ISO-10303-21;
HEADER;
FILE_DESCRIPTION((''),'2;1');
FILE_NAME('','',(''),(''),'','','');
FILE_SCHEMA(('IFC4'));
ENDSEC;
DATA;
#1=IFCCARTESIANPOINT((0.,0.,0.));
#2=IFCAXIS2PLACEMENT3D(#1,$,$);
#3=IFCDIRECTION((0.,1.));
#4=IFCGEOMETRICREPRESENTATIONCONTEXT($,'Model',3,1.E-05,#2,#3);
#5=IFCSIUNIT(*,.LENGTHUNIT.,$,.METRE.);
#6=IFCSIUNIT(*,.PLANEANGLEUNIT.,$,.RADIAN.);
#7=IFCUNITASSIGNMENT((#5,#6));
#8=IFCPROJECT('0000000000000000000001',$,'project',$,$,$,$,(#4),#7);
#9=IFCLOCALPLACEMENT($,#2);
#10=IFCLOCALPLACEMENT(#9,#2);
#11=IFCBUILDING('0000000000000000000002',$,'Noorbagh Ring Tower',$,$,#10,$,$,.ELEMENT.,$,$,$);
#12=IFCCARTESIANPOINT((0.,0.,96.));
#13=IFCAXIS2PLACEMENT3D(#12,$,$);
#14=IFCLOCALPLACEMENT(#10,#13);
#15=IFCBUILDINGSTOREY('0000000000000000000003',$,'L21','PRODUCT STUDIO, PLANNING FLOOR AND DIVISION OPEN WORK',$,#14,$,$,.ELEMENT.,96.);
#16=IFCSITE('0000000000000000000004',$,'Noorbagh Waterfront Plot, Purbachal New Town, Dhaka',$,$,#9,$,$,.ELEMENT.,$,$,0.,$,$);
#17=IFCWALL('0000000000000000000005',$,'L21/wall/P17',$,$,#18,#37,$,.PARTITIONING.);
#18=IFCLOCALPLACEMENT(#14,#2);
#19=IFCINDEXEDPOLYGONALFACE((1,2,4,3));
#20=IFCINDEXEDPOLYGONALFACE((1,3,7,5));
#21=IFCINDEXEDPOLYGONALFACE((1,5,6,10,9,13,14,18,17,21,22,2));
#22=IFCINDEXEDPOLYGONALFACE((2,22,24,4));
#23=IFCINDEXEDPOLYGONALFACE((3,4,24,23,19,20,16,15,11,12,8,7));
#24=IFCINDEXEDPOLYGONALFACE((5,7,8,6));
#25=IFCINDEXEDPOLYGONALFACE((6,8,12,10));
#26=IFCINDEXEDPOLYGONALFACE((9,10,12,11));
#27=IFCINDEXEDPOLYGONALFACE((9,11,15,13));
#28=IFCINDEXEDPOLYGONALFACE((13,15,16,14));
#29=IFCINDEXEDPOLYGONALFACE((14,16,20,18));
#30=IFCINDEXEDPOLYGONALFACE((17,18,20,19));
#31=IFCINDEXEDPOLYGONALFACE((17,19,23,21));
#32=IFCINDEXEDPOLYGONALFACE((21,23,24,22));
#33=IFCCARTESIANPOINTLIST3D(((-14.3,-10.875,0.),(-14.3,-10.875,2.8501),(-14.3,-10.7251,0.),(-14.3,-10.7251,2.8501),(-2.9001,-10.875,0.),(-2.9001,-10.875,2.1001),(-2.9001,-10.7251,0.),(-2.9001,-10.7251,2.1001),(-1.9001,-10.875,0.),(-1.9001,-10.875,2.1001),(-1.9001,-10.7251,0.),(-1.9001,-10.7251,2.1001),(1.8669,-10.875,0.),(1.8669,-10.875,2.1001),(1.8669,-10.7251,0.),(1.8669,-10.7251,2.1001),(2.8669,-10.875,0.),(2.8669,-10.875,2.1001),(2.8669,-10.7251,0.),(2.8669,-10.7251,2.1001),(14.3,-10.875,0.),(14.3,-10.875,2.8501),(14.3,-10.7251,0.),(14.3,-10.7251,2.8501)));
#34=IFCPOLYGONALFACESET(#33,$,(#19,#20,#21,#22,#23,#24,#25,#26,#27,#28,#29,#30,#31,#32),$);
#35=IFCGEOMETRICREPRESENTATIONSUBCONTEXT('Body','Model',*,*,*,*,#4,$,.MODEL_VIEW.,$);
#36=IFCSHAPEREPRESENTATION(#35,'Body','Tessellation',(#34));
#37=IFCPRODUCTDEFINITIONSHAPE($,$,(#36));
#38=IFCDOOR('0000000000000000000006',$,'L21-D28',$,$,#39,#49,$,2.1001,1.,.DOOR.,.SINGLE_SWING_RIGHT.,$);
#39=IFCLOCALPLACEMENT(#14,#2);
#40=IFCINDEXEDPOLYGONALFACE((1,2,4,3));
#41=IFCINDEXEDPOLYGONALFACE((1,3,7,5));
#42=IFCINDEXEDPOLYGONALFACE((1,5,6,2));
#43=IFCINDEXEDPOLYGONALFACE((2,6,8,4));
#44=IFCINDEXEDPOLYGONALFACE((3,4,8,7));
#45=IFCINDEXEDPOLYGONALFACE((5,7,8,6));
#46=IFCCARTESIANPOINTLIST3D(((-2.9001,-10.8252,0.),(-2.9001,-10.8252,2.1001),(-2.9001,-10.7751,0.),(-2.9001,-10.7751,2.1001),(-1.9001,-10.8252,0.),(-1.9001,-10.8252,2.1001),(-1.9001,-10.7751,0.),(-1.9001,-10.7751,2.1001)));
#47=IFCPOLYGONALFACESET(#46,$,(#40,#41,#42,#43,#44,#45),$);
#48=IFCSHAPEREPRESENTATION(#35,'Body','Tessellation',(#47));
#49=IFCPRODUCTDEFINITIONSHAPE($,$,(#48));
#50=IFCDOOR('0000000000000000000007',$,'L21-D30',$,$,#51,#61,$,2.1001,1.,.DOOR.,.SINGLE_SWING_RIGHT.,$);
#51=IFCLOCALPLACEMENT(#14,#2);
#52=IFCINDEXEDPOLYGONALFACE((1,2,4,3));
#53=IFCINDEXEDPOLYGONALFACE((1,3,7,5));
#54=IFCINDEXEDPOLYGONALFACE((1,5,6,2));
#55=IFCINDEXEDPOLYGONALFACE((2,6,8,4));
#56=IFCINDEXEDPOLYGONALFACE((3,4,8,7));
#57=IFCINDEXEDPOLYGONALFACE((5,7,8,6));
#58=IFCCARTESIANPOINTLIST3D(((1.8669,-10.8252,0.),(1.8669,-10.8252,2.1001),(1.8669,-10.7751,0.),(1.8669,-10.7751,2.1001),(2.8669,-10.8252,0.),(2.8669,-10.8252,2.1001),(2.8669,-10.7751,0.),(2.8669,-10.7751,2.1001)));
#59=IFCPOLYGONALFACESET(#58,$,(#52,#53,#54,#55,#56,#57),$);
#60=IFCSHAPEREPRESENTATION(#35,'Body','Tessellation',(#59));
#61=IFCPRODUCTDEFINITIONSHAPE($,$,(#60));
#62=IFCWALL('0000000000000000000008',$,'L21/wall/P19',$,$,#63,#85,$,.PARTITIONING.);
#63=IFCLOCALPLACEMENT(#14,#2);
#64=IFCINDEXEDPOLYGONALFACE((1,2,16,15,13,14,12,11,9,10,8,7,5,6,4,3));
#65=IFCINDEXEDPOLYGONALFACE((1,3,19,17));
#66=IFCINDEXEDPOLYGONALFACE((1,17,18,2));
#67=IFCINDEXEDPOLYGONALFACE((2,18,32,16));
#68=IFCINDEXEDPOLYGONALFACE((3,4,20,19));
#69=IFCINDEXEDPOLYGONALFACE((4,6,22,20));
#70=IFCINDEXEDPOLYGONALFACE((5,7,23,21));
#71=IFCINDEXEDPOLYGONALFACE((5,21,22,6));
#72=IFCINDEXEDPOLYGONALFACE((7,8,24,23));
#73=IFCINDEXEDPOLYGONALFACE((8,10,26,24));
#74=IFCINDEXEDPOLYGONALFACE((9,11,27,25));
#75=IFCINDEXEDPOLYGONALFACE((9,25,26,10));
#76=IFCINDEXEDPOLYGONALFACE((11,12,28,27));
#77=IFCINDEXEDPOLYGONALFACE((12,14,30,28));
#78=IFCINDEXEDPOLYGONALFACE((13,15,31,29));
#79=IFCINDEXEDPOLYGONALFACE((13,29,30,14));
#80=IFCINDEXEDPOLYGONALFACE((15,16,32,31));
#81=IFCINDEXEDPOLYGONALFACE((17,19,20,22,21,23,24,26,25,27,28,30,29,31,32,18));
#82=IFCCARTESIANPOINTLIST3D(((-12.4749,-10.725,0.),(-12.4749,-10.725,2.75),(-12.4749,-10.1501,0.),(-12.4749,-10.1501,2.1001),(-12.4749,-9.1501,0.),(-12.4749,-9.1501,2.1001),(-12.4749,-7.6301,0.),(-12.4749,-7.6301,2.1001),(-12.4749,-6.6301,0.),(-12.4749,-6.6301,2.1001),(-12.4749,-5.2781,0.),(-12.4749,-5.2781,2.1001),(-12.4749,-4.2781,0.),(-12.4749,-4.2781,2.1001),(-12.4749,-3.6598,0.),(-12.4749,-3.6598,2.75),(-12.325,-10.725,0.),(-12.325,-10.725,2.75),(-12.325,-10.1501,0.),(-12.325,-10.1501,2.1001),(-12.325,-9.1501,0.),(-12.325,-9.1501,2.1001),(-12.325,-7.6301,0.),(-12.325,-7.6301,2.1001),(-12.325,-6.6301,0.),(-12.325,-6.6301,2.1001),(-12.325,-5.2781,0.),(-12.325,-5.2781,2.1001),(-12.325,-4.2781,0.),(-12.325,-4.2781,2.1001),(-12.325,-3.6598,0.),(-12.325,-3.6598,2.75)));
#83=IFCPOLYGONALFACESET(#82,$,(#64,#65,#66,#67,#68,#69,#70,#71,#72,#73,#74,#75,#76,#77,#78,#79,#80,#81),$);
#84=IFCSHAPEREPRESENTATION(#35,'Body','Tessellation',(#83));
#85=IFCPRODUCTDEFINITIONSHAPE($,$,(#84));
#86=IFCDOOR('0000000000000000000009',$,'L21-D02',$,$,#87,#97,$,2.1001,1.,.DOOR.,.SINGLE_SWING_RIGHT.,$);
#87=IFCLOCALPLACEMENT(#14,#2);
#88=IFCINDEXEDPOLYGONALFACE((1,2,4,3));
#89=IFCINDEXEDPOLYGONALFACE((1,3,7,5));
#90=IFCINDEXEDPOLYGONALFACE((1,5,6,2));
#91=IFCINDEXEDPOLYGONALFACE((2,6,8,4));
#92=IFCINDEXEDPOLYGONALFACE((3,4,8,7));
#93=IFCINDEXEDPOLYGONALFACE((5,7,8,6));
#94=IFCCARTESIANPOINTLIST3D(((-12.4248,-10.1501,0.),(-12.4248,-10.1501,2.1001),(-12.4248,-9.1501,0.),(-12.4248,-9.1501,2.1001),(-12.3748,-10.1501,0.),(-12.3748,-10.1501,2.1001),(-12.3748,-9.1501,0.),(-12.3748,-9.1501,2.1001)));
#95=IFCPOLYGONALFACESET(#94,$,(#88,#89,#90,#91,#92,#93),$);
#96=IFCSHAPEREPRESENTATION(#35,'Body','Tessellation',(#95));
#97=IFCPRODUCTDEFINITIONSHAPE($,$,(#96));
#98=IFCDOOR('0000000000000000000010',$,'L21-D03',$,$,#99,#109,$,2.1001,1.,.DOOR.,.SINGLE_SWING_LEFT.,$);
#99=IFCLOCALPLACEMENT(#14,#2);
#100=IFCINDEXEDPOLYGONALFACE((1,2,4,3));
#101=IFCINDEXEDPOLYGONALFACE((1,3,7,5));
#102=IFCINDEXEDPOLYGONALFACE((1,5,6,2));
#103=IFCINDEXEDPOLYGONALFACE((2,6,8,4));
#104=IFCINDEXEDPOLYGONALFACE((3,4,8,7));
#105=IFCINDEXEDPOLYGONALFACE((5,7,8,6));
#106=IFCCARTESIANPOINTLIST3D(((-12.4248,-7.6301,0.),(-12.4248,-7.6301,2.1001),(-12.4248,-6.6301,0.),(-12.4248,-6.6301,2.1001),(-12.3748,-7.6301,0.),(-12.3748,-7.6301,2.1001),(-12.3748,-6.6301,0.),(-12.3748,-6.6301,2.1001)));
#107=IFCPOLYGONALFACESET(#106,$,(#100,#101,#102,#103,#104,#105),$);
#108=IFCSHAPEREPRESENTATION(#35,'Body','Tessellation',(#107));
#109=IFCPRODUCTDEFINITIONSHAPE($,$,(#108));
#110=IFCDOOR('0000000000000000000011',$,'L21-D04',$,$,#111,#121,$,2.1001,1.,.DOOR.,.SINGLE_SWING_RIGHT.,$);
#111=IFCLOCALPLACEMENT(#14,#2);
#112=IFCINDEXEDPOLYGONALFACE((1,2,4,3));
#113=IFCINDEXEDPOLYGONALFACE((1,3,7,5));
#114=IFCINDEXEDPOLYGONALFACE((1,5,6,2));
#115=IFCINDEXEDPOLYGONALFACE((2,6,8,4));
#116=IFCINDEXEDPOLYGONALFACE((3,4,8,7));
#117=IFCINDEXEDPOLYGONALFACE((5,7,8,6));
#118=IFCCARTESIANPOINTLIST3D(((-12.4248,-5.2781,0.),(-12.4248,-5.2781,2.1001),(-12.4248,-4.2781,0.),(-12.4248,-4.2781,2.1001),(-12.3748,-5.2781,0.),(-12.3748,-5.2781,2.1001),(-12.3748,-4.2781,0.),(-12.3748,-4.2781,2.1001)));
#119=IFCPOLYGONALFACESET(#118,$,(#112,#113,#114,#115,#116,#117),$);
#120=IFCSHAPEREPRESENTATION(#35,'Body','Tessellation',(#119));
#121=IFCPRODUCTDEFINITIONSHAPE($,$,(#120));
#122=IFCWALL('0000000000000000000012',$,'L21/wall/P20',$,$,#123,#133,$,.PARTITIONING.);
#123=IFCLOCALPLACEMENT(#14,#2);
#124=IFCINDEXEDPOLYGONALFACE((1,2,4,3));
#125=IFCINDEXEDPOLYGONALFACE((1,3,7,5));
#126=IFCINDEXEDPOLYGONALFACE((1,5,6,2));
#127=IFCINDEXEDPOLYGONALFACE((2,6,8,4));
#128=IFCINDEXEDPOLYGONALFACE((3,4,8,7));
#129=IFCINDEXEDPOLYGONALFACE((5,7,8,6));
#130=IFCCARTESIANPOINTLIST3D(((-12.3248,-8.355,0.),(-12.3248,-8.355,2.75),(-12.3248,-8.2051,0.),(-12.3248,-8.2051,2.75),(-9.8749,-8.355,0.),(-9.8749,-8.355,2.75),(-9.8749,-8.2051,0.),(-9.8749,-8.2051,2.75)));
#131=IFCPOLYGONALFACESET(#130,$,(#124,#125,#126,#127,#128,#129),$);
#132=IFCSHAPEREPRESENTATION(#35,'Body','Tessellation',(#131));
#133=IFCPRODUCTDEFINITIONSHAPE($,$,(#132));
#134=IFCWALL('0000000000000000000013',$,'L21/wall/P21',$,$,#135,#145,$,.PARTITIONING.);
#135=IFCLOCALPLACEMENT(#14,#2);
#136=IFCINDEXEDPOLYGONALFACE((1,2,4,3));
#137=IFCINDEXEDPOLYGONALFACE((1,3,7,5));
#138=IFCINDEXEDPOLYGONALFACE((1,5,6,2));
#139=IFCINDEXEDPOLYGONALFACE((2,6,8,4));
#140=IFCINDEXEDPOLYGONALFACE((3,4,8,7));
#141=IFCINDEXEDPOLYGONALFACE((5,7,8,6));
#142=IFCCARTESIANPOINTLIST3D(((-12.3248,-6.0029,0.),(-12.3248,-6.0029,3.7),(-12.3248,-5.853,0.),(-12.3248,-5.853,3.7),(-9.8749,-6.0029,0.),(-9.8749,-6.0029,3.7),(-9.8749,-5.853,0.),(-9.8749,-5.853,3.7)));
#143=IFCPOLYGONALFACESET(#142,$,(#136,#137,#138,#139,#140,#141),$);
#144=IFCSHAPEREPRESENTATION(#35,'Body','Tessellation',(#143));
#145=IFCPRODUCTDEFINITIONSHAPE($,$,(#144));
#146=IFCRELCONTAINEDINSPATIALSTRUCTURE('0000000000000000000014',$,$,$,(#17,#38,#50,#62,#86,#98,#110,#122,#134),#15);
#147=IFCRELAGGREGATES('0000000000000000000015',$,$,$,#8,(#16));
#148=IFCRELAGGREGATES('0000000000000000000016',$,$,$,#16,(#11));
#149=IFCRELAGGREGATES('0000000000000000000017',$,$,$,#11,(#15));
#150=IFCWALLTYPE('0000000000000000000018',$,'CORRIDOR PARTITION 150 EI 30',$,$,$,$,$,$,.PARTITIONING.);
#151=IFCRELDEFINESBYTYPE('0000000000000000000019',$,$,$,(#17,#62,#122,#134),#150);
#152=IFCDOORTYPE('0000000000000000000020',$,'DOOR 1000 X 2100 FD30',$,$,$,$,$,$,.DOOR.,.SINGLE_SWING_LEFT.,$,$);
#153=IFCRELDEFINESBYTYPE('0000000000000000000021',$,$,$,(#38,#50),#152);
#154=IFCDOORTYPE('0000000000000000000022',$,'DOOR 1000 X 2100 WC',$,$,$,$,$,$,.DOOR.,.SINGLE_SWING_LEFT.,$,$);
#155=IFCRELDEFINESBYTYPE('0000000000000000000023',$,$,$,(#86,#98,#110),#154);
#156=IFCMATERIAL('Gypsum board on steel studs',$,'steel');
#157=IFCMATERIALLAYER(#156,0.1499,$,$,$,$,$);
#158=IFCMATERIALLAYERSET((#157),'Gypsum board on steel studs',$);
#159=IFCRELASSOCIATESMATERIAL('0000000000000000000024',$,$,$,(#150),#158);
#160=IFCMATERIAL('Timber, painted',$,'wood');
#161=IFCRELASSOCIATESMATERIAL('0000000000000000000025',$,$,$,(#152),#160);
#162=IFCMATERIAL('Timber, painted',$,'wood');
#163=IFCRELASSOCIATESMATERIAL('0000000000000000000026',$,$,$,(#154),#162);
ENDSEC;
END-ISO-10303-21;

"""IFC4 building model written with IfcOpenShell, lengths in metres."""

from ifc_helpers import new_model, si_unit, direction, frame, frame_2d, origin, place, context, subcontext, project, spatial, rectangle, extrude, material, layer, layer_set, type_object, element, fill, save


model = new_model("IFC4")

# Units and contexts
model_context = context("Model", 3, precision=1e-05, world=origin(), true_north=direction((0.0, 1.0)))
body_context = subcontext(model_context, "Body", "Model", "MODEL_VIEW")
ifc_project = project(units=[si_unit("LENGTHUNIT", "METRE"), si_unit("PLANEANGLEUNIT", "RADIAN")], contexts=[model_context])

# Site, building, storey
site_placement = place(None, origin())
site = spatial("IfcSite", under=ifc_project, at=site_placement, Name="Noorbagh Waterfront Plot, Purbachal New Town, Dhaka", CompositionType="ELEMENT", RefElevation=0.0)
building_placement = place(site_placement, origin())
building = spatial("IfcBuilding", under=site, at=building_placement, Name="Noorbagh Ring Tower", CompositionType="ELEMENT")
storey_placement = place(building_placement, frame((0.0, 0.0, 96.0)))
storey = spatial("IfcBuildingStorey", under=building, at=storey_placement, Name="L21", Description="PRODUCT STUDIO, PLANNING FLOOR AND DIVISION OPEN WORK", CompositionType="ELEMENT", Elevation=96.0)

# Shared definitions
ifc_material_1 = material(Name="Gypsum board on steel studs", Category="steel")
ifc_layer_1 = layer(ifc_material_1, 0.1499)
ifc_layer_set_1 = layer_set([ifc_layer_1], Name="Gypsum board on steel studs")
wall_type_1 = type_object("IfcWallType", Name="CORRIDOR PARTITION 150 EI 30", PredefinedType="PARTITIONING", material=ifc_layer_set_1)
ifc_material_2 = material(Name="Timber, painted", Category="wood")
door_type_1 = type_object("IfcDoorType", Name="DOOR 1000 X 2100 FD30", OperationType="SINGLE_SWING_LEFT", PredefinedType="DOOR", material=ifc_material_2)

# Walls, openings, doors
wall_1_placement = place(storey_placement, frame((-14.3, -10.8, 0.0), z_axis=(0.0, 0.0, 1.0), x_axis=(1.0, 0.0, 0.0)))
wall_1 = element("IfcWall", 1, at=wall_1_placement, inside=storey, type_object=wall_type_1, Name="L21/wall/P17", PredefinedType="PARTITIONING", context=body_context, shape_type="SweptSolid", body=[
    extrude(rectangle(XDim=28.6001, YDim=0.1499, at=frame_2d((14.3, 0.0))), origin(), (0.0, 0.0, 1.0), 2.8501),
])
opening_1_placement = place(wall_1_placement, frame((11.3999, 0.0, 0.0)))
opening_1 = element("IfcOpeningElement", 2, at=opening_1_placement, cuts=wall_1, PredefinedType="OPENING", context=body_context, shape_type="SweptSolid", body=[
    extrude(rectangle(XDim=1.0, YDim=2.1001, at=frame_2d((0.5, 1.05))), frame((0.0, 0.085, 0.0), z_axis=(0.0, -1.0, 0.0), x_axis=(1.0, 0.0, 0.0)), (0.0, 0.0, 1.0), 0.1699),
])
opening_2_placement = place(wall_1_placement, frame((16.167, 0.0, 0.0)))
opening_2 = element("IfcOpeningElement", 3, at=opening_2_placement, cuts=wall_1, PredefinedType="OPENING", context=body_context, shape_type="SweptSolid", body=[
    extrude(rectangle(XDim=1.0, YDim=2.1001, at=frame_2d((0.5, 1.05))), frame((0.0, 0.085, 0.0), z_axis=(0.0, -1.0, 0.0), x_axis=(1.0, 0.0, 0.0)), (0.0, 0.0, 1.0), 0.1699),
])
door_1_placement = place(opening_1_placement, origin())
door_1 = element("IfcDoor", 4, at=door_1_placement, inside=storey, type_object=door_type_1, Name="L21-D28", OperationType="SINGLE_SWING_RIGHT", OverallHeight=2.1001, OverallWidth=1.0, PredefinedType="DOOR", context=body_context, shape_type="SweptSolid", body=[
    extrude(rectangle(XDim=1.0, YDim=2.1001, at=frame_2d((0.5, 1.05))), frame((0.0, 0.0249, 0.0), z_axis=(0.0, -1.0, 0.0), x_axis=(1.0, 0.0, 0.0)), (0.0, 0.0, 1.0), 0.05),
])
fill(opening_1, door_1)
door_2_placement = place(opening_2_placement, origin())
door_2 = element("IfcDoor", 5, at=door_2_placement, inside=storey, type_object=door_type_1, Name="L21-D30", OperationType="SINGLE_SWING_RIGHT", OverallHeight=2.1001, OverallWidth=1.0, PredefinedType="DOOR", context=body_context, shape_type="SweptSolid", body=[
    extrude(rectangle(XDim=1.0, YDim=2.1001, at=frame_2d((0.5, 1.05))), frame((0.0, 0.0249, 0.0), z_axis=(0.0, -1.0, 0.0), x_axis=(1.0, 0.0, 0.0)), (0.0, 0.0, 1.0), 0.05),
])
fill(opening_2, door_2)
wall_2_placement = place(storey_placement, frame((-12.3999, -10.7251, 0.0), z_axis=(0.0, 0.0, 1.0), x_axis=(0.0, 1.0, 0.0)))
wall_2 = element("IfcWall", 6, at=wall_2_placement, inside=storey, type_object=wall_type_1, Name="L21/wall/P19", PredefinedType="PARTITIONING", context=body_context, shape_type="SweptSolid", body=[
    extrude(rectangle(XDim=7.0652, YDim=0.1499, at=frame_2d((3.5327, 0.0))), origin(), (0.0, 0.0, 1.0), 2.75),
])
opening_3_placement = place(wall_2_placement, frame((0.575, 0.0, 0.0)))
opening_3 = element("IfcOpeningElement", 7, at=opening_3_placement, cuts=wall_2, PredefinedType="OPENING", context=body_context, shape_type="SweptSolid", body=[
    extrude(rectangle(XDim=1.0, YDim=2.1001, at=frame_2d((0.5, 1.05))), frame((0.0, 0.085, 0.0), z_axis=(0.0, -1.0, 0.0), x_axis=(1.0, 0.0, 0.0)), (0.0, 0.0, 1.0), 0.1699),
])
opening_4_placement = place(wall_2_placement, frame((3.095, 0.0, 0.0)))
opening_4 = element("IfcOpeningElement", 8, at=opening_4_placement, cuts=wall_2, PredefinedType="OPENING", context=body_context, shape_type="SweptSolid", body=[
    extrude(rectangle(XDim=1.0, YDim=2.1001, at=frame_2d((0.5, 1.05))), frame((0.0, 0.085, 0.0), z_axis=(0.0, -1.0, 0.0), x_axis=(1.0, 0.0, 0.0)), (0.0, 0.0, 1.0), 0.1699),
])
opening_5_placement = place(wall_2_placement, frame((5.447, 0.0, 0.0)))
opening_5 = element("IfcOpeningElement", 9, at=opening_5_placement, cuts=wall_2, PredefinedType="OPENING", context=body_context, shape_type="SweptSolid", body=[
    extrude(rectangle(XDim=1.0, YDim=2.1001, at=frame_2d((0.5, 1.05))), frame((0.0, 0.085, 0.0), z_axis=(0.0, -1.0, 0.0), x_axis=(1.0, 0.0, 0.0)), (0.0, 0.0, 1.0), 0.1699),
])
ifc_material_3 = material(Name="Timber, painted", Category="wood")
door_type_2 = type_object("IfcDoorType", Name="DOOR 1000 X 2100 WC", OperationType="SINGLE_SWING_LEFT", PredefinedType="DOOR", material=ifc_material_3)
door_3_placement = place(opening_3_placement, origin())
door_3 = element("IfcDoor", 10, at=door_3_placement, inside=storey, type_object=door_type_2, Name="L21-D02", OperationType="SINGLE_SWING_RIGHT", OverallHeight=2.1001, OverallWidth=1.0, PredefinedType="DOOR", context=body_context, shape_type="SweptSolid", body=[
    extrude(rectangle(XDim=1.0, YDim=2.1001, at=frame_2d((0.5, 1.05))), frame((0.0, 0.0249, 0.0), z_axis=(0.0, -1.0, 0.0), x_axis=(1.0, 0.0, 0.0)), (0.0, 0.0, 1.0), 0.05),
])
fill(opening_3, door_3)
door_4_placement = place(opening_4_placement, origin())
door_4 = element("IfcDoor", 11, at=door_4_placement, inside=storey, type_object=door_type_2, Name="L21-D03", OperationType="SINGLE_SWING_LEFT", OverallHeight=2.1001, OverallWidth=1.0, PredefinedType="DOOR", context=body_context, shape_type="SweptSolid", body=[
    extrude(rectangle(XDim=1.0, YDim=2.1001, at=frame_2d((0.5, 1.05))), frame((0.0, 0.0249, 0.0), z_axis=(0.0, -1.0, 0.0), x_axis=(1.0, 0.0, 0.0)), (0.0, 0.0, 1.0), 0.05),
])
fill(opening_4, door_4)
door_5_placement = place(opening_5_placement, origin())
door_5 = element("IfcDoor", 12, at=door_5_placement, inside=storey, type_object=door_type_2, Name="L21-D04", OperationType="SINGLE_SWING_RIGHT", OverallHeight=2.1001, OverallWidth=1.0, PredefinedType="DOOR", context=body_context, shape_type="SweptSolid", body=[
    extrude(rectangle(XDim=1.0, YDim=2.1001, at=frame_2d((0.5, 1.05))), frame((0.0, 0.0249, 0.0), z_axis=(0.0, -1.0, 0.0), x_axis=(1.0, 0.0, 0.0)), (0.0, 0.0, 1.0), 0.05),
])
fill(opening_5, door_5)

# Walls
wall_3_placement = place(storey_placement, frame((-12.325, -8.28, 0.0), z_axis=(0.0, 0.0, 1.0), x_axis=(1.0, 0.0, 0.0)))
element("IfcWall", 13, at=wall_3_placement, inside=storey, type_object=wall_type_1, Name="L21/wall/P20", PredefinedType="PARTITIONING", context=body_context, shape_type="SweptSolid", body=[
    extrude(rectangle(XDim=2.45, YDim=0.1499, at=frame_2d((1.2251, 0.0))), origin(), (0.0, 0.0, 1.0), 2.75),
])
wall_4_placement = place(storey_placement, frame((-12.325, -5.928, 0.0), z_axis=(0.0, 0.0, 1.0), x_axis=(1.0, 0.0, 0.0)))
element("IfcWall", 14, at=wall_4_placement, inside=storey, type_object=wall_type_1, Name="L21/wall/P21", PredefinedType="PARTITIONING", context=body_context, shape_type="SweptSolid", body=[
    extrude(rectangle(XDim=2.45, YDim=0.1499, at=frame_2d((1.2251, 0.0))), origin(), (0.0, 0.0, 1.0), 3.7),
])

save(model, "model.ifc")
